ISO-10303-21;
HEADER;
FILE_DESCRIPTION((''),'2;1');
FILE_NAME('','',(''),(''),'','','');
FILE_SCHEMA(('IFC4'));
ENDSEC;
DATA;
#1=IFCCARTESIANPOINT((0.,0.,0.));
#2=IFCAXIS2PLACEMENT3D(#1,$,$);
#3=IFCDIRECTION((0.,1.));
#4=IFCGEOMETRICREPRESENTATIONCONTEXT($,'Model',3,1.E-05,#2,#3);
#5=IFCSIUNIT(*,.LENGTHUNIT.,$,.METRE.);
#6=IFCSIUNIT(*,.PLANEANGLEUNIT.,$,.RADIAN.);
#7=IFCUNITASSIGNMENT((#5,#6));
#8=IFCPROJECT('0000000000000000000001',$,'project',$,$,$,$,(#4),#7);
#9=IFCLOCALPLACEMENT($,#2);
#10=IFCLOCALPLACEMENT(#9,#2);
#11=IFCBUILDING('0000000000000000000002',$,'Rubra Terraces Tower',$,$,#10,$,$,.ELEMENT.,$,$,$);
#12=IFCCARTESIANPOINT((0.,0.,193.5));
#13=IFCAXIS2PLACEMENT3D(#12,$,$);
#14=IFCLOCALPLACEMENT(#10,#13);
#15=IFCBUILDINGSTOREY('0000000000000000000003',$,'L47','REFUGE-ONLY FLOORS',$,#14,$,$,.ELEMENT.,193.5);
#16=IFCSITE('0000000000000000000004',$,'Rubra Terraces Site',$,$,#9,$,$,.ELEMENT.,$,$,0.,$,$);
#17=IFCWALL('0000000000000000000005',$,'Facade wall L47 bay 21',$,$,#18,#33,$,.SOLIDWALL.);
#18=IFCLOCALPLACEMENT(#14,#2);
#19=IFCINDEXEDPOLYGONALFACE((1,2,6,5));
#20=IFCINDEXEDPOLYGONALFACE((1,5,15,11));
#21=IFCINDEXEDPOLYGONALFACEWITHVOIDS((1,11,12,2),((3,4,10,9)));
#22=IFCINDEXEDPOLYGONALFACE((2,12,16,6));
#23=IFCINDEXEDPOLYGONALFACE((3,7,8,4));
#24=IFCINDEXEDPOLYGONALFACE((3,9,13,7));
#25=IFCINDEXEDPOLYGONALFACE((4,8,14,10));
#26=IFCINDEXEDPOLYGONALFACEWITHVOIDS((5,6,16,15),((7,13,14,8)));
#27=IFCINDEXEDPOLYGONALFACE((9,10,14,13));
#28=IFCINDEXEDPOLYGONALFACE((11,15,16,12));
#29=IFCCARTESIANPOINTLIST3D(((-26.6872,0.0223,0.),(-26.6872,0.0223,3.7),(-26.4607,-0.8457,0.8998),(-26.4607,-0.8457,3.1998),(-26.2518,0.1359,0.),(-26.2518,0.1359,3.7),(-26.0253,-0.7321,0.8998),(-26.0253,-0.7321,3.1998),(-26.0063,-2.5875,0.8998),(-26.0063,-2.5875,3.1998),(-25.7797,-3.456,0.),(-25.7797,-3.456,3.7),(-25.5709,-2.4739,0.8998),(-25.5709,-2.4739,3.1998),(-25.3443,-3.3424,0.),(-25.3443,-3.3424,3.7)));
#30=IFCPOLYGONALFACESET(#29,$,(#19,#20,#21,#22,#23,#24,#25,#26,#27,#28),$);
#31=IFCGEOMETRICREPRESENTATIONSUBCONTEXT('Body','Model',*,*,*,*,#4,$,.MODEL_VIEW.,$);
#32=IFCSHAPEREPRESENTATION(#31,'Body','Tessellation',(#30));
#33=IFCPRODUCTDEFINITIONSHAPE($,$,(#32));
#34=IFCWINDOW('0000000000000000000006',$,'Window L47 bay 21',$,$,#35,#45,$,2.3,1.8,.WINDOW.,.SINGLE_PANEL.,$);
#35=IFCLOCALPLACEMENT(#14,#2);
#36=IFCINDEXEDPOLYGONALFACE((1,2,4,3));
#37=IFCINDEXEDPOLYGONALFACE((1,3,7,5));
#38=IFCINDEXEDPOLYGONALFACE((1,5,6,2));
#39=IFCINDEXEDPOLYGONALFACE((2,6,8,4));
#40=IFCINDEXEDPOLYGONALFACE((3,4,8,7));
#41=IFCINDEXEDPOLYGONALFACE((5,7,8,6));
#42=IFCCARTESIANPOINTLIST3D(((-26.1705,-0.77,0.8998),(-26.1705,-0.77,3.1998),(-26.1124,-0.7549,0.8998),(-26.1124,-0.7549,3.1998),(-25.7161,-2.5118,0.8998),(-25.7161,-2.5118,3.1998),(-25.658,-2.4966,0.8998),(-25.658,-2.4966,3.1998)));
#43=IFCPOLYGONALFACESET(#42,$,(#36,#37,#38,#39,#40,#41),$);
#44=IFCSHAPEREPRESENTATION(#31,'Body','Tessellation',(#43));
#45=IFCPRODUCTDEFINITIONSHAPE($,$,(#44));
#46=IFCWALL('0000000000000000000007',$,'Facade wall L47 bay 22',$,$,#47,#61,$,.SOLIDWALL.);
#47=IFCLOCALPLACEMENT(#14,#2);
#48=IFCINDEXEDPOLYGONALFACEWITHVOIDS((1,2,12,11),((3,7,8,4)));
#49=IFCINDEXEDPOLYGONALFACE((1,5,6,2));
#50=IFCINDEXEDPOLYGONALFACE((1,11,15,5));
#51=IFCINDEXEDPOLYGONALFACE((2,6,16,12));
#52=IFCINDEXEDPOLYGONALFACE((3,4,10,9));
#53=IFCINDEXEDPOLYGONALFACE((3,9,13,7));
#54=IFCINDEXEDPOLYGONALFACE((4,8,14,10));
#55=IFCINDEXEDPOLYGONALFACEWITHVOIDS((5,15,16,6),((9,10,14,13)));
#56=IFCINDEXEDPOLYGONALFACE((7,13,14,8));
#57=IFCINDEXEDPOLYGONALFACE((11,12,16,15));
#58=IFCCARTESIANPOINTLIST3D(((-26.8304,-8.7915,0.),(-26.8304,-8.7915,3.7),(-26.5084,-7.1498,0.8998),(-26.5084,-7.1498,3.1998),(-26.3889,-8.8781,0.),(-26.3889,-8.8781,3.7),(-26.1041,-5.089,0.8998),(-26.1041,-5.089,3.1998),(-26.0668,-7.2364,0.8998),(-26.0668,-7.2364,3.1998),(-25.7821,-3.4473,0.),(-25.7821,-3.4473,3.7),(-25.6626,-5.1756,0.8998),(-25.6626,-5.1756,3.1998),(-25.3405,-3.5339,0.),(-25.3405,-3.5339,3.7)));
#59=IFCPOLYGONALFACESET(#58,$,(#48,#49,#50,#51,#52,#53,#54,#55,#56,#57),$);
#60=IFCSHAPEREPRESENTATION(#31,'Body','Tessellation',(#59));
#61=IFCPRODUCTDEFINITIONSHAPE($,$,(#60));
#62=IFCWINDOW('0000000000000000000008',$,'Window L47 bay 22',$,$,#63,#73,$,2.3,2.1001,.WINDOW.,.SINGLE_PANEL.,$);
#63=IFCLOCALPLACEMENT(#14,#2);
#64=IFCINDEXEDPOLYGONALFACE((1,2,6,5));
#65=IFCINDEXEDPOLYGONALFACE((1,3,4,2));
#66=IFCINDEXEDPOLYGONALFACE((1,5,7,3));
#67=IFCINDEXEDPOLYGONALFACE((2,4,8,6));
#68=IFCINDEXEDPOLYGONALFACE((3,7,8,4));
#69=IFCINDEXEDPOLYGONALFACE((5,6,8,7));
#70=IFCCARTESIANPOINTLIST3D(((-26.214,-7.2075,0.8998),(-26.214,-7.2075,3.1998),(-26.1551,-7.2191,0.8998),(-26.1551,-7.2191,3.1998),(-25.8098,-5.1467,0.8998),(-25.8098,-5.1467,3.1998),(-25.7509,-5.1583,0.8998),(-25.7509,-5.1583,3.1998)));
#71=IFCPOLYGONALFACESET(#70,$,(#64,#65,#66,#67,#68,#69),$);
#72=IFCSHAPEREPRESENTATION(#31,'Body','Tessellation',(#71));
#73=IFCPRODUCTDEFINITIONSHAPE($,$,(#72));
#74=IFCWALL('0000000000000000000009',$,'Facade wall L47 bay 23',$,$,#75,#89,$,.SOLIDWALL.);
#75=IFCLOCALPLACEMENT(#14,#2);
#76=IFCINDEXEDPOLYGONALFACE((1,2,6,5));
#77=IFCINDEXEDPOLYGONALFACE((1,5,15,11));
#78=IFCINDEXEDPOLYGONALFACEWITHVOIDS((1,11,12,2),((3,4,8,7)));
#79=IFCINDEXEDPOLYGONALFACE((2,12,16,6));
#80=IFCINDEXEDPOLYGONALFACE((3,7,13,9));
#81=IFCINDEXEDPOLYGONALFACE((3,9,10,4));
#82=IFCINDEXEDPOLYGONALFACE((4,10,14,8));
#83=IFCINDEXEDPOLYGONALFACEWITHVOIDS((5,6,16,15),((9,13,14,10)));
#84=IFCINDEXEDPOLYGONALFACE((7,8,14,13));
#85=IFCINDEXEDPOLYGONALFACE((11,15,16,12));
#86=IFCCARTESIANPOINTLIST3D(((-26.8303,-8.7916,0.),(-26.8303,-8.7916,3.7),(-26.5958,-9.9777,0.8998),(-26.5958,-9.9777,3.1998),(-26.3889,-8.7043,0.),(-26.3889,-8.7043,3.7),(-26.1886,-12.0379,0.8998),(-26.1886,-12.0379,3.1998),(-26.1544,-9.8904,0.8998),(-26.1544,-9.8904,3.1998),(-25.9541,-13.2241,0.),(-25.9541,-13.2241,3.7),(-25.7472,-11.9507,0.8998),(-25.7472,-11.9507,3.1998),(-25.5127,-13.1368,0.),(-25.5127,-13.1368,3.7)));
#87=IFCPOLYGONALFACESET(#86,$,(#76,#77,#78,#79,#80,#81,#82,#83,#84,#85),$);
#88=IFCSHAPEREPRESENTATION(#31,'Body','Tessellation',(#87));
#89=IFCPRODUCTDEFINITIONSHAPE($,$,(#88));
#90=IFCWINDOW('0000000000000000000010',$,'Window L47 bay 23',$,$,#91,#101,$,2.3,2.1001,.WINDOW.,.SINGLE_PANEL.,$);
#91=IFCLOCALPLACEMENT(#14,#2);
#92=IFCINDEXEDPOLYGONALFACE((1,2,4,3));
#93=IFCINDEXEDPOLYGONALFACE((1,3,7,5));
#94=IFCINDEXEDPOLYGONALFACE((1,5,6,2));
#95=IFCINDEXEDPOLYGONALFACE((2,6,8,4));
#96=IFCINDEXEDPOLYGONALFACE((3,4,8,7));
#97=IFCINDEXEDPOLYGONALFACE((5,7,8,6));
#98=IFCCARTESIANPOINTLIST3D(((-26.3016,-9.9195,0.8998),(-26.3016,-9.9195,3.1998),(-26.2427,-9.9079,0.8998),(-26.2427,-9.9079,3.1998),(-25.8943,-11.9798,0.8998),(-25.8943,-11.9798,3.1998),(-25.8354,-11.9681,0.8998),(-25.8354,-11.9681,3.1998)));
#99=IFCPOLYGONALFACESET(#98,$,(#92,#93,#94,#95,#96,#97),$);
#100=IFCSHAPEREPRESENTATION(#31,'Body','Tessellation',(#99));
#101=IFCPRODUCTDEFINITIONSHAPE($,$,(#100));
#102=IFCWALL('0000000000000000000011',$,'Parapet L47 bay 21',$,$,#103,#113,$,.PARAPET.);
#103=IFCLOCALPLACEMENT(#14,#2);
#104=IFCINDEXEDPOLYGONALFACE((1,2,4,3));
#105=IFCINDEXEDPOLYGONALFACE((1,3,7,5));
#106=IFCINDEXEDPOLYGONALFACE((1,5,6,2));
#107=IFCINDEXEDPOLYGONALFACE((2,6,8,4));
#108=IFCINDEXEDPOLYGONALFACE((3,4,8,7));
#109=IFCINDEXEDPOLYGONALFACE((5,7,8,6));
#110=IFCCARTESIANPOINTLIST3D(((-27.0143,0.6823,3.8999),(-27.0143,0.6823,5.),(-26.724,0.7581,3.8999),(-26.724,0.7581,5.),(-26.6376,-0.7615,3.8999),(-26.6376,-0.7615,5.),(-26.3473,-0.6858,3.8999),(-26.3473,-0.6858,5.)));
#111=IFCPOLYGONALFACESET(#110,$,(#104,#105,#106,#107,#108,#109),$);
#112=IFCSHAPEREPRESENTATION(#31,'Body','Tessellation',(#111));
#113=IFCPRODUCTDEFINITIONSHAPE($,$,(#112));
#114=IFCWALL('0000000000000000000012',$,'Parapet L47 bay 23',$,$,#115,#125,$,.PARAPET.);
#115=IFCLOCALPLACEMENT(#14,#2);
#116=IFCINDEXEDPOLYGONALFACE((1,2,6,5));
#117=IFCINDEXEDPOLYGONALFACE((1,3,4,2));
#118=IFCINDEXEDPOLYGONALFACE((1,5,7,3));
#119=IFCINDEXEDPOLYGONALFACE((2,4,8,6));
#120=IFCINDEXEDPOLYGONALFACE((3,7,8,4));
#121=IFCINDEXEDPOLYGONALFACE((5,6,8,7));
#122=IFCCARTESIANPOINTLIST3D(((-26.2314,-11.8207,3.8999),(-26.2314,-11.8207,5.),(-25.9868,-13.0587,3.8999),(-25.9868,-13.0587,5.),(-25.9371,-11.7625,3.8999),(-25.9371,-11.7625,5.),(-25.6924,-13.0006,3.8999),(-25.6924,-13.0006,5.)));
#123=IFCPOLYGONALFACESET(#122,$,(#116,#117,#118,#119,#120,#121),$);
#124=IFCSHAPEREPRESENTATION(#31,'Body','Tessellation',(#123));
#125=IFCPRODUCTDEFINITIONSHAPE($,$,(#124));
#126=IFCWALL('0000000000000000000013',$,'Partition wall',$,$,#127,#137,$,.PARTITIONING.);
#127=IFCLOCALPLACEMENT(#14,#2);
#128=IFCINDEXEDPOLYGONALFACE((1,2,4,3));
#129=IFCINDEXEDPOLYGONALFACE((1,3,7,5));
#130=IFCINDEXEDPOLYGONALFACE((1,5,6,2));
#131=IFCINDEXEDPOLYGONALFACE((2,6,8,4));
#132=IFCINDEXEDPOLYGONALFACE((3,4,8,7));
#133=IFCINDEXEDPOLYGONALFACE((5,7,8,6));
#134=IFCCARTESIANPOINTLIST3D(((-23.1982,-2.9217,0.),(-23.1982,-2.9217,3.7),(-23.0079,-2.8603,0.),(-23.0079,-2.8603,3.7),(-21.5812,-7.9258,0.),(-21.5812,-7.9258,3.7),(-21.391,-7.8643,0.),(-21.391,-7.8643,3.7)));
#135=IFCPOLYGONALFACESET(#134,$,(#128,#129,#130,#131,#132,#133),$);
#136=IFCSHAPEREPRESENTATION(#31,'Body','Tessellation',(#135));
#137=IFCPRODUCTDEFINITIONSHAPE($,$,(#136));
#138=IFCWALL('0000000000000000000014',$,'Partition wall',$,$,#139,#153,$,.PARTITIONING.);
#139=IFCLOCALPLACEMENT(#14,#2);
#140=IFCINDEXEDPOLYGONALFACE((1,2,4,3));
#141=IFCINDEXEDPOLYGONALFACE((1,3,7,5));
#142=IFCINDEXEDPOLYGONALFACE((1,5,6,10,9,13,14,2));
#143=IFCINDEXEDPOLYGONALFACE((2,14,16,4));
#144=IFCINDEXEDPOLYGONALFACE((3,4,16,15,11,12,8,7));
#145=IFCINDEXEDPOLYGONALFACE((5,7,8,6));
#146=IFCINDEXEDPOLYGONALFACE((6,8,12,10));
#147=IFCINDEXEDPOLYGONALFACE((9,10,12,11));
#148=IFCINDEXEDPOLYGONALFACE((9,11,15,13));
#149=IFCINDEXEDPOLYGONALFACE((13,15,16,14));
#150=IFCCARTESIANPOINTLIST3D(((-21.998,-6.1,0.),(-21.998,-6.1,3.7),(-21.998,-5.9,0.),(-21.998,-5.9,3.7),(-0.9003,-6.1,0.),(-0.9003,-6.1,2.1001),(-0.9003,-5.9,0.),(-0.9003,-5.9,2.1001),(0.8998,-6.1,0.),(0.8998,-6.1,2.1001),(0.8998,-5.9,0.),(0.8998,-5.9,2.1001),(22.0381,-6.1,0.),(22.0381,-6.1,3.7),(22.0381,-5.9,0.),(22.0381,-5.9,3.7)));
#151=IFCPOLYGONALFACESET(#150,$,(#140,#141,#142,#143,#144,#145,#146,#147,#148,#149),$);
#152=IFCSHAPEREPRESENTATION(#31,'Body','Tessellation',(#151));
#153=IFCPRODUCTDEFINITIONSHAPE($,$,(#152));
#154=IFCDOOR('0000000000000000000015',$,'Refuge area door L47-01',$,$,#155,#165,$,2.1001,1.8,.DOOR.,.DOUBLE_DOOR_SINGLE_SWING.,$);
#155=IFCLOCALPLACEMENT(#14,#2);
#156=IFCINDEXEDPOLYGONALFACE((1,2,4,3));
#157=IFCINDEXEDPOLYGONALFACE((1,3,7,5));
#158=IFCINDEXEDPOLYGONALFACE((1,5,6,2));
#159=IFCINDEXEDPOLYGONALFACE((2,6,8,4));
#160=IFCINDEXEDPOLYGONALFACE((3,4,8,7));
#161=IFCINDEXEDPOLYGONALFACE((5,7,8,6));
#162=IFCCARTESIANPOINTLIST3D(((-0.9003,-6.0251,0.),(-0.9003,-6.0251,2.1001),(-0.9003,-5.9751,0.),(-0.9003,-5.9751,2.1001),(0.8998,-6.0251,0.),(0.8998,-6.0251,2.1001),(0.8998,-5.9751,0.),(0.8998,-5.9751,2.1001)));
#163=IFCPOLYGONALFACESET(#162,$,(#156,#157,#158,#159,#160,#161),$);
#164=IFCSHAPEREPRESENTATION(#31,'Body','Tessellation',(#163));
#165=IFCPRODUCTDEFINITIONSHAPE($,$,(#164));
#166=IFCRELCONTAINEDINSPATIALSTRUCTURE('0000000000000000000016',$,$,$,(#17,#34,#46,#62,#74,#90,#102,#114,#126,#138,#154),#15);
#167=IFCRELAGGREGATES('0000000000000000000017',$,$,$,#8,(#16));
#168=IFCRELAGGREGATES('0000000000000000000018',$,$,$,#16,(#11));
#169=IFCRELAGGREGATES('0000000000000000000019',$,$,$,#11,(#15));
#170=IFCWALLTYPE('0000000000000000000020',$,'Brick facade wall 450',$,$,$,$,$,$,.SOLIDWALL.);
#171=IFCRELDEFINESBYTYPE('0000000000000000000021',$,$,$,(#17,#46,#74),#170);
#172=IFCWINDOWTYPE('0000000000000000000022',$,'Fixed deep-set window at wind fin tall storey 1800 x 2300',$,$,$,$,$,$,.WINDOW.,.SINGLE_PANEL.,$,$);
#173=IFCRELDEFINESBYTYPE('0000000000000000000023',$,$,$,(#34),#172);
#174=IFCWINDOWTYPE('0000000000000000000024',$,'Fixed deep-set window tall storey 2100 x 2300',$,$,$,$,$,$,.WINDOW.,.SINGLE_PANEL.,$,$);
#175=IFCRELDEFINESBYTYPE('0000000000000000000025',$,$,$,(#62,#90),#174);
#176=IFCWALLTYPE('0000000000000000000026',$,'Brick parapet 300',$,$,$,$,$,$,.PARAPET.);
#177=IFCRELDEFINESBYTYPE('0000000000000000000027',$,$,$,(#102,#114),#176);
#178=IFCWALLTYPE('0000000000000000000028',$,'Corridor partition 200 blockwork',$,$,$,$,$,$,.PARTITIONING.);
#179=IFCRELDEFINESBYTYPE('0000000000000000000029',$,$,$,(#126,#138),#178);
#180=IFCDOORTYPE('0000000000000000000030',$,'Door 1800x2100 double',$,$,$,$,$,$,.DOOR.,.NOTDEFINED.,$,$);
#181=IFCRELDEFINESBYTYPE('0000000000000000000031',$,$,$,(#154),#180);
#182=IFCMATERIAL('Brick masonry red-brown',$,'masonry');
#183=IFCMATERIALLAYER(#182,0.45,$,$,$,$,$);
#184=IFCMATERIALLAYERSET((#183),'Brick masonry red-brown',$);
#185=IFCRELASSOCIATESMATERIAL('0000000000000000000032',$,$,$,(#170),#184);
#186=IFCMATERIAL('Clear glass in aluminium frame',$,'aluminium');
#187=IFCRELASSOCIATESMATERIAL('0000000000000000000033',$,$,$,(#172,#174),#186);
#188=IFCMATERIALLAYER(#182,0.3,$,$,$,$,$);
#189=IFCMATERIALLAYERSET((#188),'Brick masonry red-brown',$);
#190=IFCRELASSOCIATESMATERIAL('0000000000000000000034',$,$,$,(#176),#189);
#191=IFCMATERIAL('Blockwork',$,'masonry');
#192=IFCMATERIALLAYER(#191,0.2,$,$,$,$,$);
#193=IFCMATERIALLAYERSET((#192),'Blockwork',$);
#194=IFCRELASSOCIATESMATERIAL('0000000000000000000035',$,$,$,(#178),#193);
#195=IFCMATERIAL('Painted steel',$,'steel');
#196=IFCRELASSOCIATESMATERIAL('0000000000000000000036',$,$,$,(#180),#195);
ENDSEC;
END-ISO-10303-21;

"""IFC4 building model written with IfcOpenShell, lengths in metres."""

from ifc_helpers import new_model, si_unit, direction, frame, frame_2d, origin, place, context, subcontext, project, spatial, rectangle, extrude, material, layer, layer_set, type_object, element, fill, save


model = new_model("IFC4")

# Units and contexts
model_context = context("Model", 3, precision=1e-05, world=origin(), true_north=direction((0.0, 1.0)))
body_context = subcontext(model_context, "Body", "Model", "MODEL_VIEW")
ifc_project = project(units=[si_unit("LENGTHUNIT", "METRE"), si_unit("PLANEANGLEUNIT", "RADIAN")], contexts=[model_context])

# Site, building, storey
site_placement = place(None, origin())
site = spatial("IfcSite", under=ifc_project, at=site_placement, Name="Rubra Terraces Site", CompositionType="ELEMENT", RefElevation=0.0)
building_placement = place(site_placement, origin())
building = spatial("IfcBuilding", under=site, at=building_placement, Name="Rubra Terraces Tower", CompositionType="ELEMENT")
storey_placement = place(building_placement, frame((0.0, 0.0, 193.5)))
storey = spatial("IfcBuildingStorey", under=building, at=storey_placement, Name="L47", Description="REFUGE-ONLY FLOORS", CompositionType="ELEMENT", Elevation=193.5)

# Walls, openings, windows
ifc_material_1 = material(Name="Brick masonry red-brown", Category="masonry")
ifc_layer_1 = layer(ifc_material_1, 0.45)
ifc_layer_set_1 = layer_set([ifc_layer_1], Name="Brick masonry red-brown")
wall_type_1 = type_object("IfcWallType", Name="Brick facade wall 450", PredefinedType="SOLIDWALL", material=ifc_layer_set_1)
wall_1_placement = place(storey_placement, frame((-26.4695, 0.0791, 0.0), z_axis=(0.0, 0.0, 1.0), x_axis=(0.252447, -0.967611, 0.0)))
wall_1 = element("IfcWall", 1, at=wall_1_placement, inside=storey, type_object=wall_type_1, Name="Facade wall L47 bay 21", PredefinedType="SOLIDWALL", context=body_context, shape_type="SweptSolid", body=[
    extrude(rectangle(XDim=3.5947, YDim=0.45, at=frame_2d((1.7974, 0.0))), origin(), (0.0, 0.0, 1.0), 3.7),
])
opening_1_placement = place(wall_1_placement, frame((0.8972, 0.0, 0.8999)))
opening_1 = element("IfcOpeningElement", 2, at=opening_1_placement, cuts=wall_1, PredefinedType="OPENING", context=body_context, shape_type="SweptSolid", body=[
    extrude(rectangle(XDim=1.8, YDim=2.3, at=frame_2d((0.8999, 1.1499))), frame((0.0, 0.2349, 0.0), z_axis=(0.0, -1.0, 0.0), x_axis=(1.0, 0.0, 0.0)), (0.0, 0.0, 1.0), 0.47),
])
ifc_material_2 = material(Name="Clear glass in aluminium frame", Category="aluminium")
window_type_1 = type_object("IfcWindowType", Name="Fixed deep-set window at wind fin tall storey 1800 x 2300", PartitioningType="SINGLE_PANEL", PredefinedType="WINDOW", material=ifc_material_2)
window_1_placement = place(opening_1_placement, origin())
window_1 = element("IfcWindow", 3, at=window_1_placement, inside=storey, type_object=window_type_1, Name="Window L47 bay 21", OverallHeight=2.3, OverallWidth=1.8, PartitioningType="SINGLE_PANEL", PredefinedType="WINDOW", context=body_context, shape_type="SweptSolid", body=[
    extrude(rectangle(XDim=1.8, YDim=2.3, at=frame_2d((0.8999, 1.1499))), frame((0.0, 0.135, 0.0), z_axis=(0.0, -1.0, 0.0), x_axis=(1.0, 0.0, 0.0)), (0.0, 0.0, 1.0), 0.0601),
])
fill(opening_1, window_1)
wall_2_placement = place(storey_placement, frame((-25.5613, -3.4905, 0.0), z_axis=(0.0, 0.0, 1.0), x_axis=(-0.192494, -0.981298, 0.0)))
wall_2 = element("IfcWall", 4, at=wall_2_placement, inside=storey, type_object=wall_type_1, Name="Facade wall L47 bay 22", PredefinedType="SOLIDWALL", context=body_context, shape_type="SweptSolid", body=[
    extrude(rectangle(XDim=5.446, YDim=0.45, at=frame_2d((2.7231, 0.0))), origin(), (0.0, 0.0, 1.0), 3.7),
])
opening_2_placement = place(wall_2_placement, frame((1.6731, 0.0, 0.8999)))
opening_2 = element("IfcOpeningElement", 5, at=opening_2_placement, cuts=wall_2, PredefinedType="OPENING", context=body_context, shape_type="SweptSolid", body=[
    extrude(rectangle(XDim=2.1001, YDim=2.3, at=frame_2d((1.05, 1.1499))), frame((0.0, 0.2349, 0.0), z_axis=(0.0, -1.0, 0.0), x_axis=(1.0, 0.0, 0.0)), (0.0, 0.0, 1.0), 0.47),
])
window_type_2 = type_object("IfcWindowType", Name="Fixed deep-set window tall storey 2100 x 2300", PartitioningType="SINGLE_PANEL", PredefinedType="WINDOW", material=ifc_material_2)
window_2_placement = place(opening_2_placement, origin())
window_2 = element("IfcWindow", 6, at=window_2_placement, inside=storey, type_object=window_type_2, Name="Window L47 bay 22", OverallHeight=2.3, OverallWidth=2.1001, PartitioningType="SINGLE_PANEL", PredefinedType="WINDOW", context=body_context, shape_type="SweptSolid", body=[
    extrude(rectangle(XDim=2.1001, YDim=2.3, at=frame_2d((1.05, 1.1499))), frame((0.0, 0.135, 0.0), z_axis=(0.0, -1.0, 0.0), x_axis=(1.0, 0.0, 0.0)), (0.0, 0.0, 1.0), 0.0601),
])
fill(opening_2, window_2)
wall_3_placement = place(storey_placement, frame((-26.6096, -8.7478, 0.0), z_axis=(0.0, 0.0, 1.0), x_axis=(0.193923, -0.981017, 0.0)))
wall_3 = element("IfcWall", 7, at=wall_3_placement, inside=storey, type_object=wall_type_1, Name="Facade wall L47 bay 23", PredefinedType="SOLIDWALL", context=body_context, shape_type="SweptSolid", body=[
    extrude(rectangle(XDim=4.5183, YDim=0.45, at=frame_2d((2.2593, 0.0))), origin(), (0.0, 0.0, 1.0), 3.7),
])
opening_3_placement = place(wall_3_placement, frame((1.2092, 0.0, 0.8999)))
opening_3 = element("IfcOpeningElement", 8, at=opening_3_placement, cuts=wall_3, PredefinedType="OPENING", context=body_context, shape_type="SweptSolid", body=[
    extrude(rectangle(XDim=2.1001, YDim=2.3, at=frame_2d((1.05, 1.1499))), frame((0.0, 0.2349, 0.0), z_axis=(0.0, -1.0, 0.0), x_axis=(1.0, 0.0, 0.0)), (0.0, 0.0, 1.0), 0.47),
])
window_3_placement = place(opening_3_placement, origin())
window_3 = element("IfcWindow", 9, at=window_3_placement, inside=storey, type_object=window_type_2, Name="Window L47 bay 23", OverallHeight=2.3, OverallWidth=2.1001, PartitioningType="SINGLE_PANEL", PredefinedType="WINDOW", context=body_context, shape_type="SweptSolid", body=[
    extrude(rectangle(XDim=2.1001, YDim=2.3, at=frame_2d((1.05, 1.1499))), frame((0.0, 0.135, 0.0), z_axis=(0.0, -1.0, 0.0), x_axis=(1.0, 0.0, 0.0)), (0.0, 0.0, 1.0), 0.0601),
])
fill(opening_3, window_3)

# Walls
ifc_layer_2 = layer(ifc_material_1, 0.3)
ifc_layer_set_2 = layer_set([ifc_layer_2], Name="Brick masonry red-brown")
wall_type_2 = type_object("IfcWallType", Name="Brick parapet 300", PredefinedType="PARAPET", material=ifc_layer_set_2)
wall_4_placement = place(storey_placement, frame((-26.8691, 0.7202, 3.8999), z_axis=(0.0, 0.0, 1.0), x_axis=(0.252455, -0.967609, 0.0)))
element("IfcWall", 10, at=wall_4_placement, inside=storey, type_object=wall_type_2, Name="Parapet L47 bay 21", PredefinedType="PARAPET", context=body_context, shape_type="SweptSolid", body=[
    extrude(rectangle(XDim=1.4922, YDim=0.3, at=frame_2d((0.7461, 0.0))), origin(), (0.0, 0.0, 1.0), 1.1001),
])
wall_5_placement = place(storey_placement, frame((-26.0842, -11.7917, 3.8999), z_axis=(0.0, 0.0, 1.0), x_axis=(0.193846, -0.981032, 0.0)))
element("IfcWall", 11, at=wall_5_placement, inside=storey, type_object=wall_type_2, Name="Parapet L47 bay 23", PredefinedType="PARAPET", context=body_context, shape_type="SweptSolid", body=[
    extrude(rectangle(XDim=1.262, YDim=0.3, at=frame_2d((0.6309, 0.0))), origin(), (0.0, 0.0, 1.0), 1.1001),
])
ifc_material_3 = material(Name="Blockwork", Category="masonry")
ifc_layer_3 = layer(ifc_material_3, 0.2)
ifc_layer_set_3 = layer_set([ifc_layer_3], Name="Blockwork")
wall_type_3 = type_object("IfcWallType", Name="Corridor partition 200 blockwork", PredefinedType="PARTITIONING", material=ifc_layer_set_3)
wall_6_placement = place(storey_placement, frame((-21.4861, -7.895, 0.0), z_axis=(0.0, 0.0, 1.0), x_axis=(-0.307482, 0.951554, 0.0)))
element("IfcWall", 12, at=wall_6_placement, inside=storey, type_object=wall_type_3, Name="Partition wall", PredefinedType="PARTITIONING", context=body_context, shape_type="SweptSolid", body=[
    extrude(rectangle(XDim=5.2588, YDim=0.2, at=frame_2d((2.6294, 0.0))), origin(), (0.0, 0.0, 1.0), 3.7),
])

# Wall, opening, door
wall_7_placement = place(storey_placement, frame((-21.998, -6.0, 0.0), z_axis=(0.0, 0.0, 1.0), x_axis=(1.0, 0.0, 0.0)))
wall_7 = element("IfcWall", 13, at=wall_7_placement, inside=storey, type_object=wall_type_3, Name="Partition wall", PredefinedType="PARTITIONING", context=body_context, shape_type="SweptSolid", body=[
    extrude(rectangle(XDim=44.0361, YDim=0.2, at=frame_2d((22.0181, 0.0))), origin(), (0.0, 0.0, 1.0), 3.7),
])
opening_4_placement = place(wall_7_placement, frame((21.0979, 0.0, 0.0)))
opening_4 = element("IfcOpeningElement", 14, at=opening_4_placement, cuts=wall_7, PredefinedType="OPENING", context=body_context, shape_type="SweptSolid", body=[
    extrude(rectangle(XDim=1.8, YDim=2.1001, at=frame_2d((0.8999, 1.05))), frame((0.0, 0.1099, 0.0), z_axis=(0.0, -1.0, 0.0), x_axis=(1.0, 0.0, 0.0)), (0.0, 0.0, 1.0), 0.22),
])
ifc_material_4 = material(Name="Painted steel", Category="steel")
door_type = type_object("IfcDoorType", Name="Door 1800x2100 double", OperationType="NOTDEFINED", PredefinedType="DOOR", material=ifc_material_4)
door_placement = place(opening_4_placement, origin())
door = element("IfcDoor", 15, at=door_placement, inside=storey, type_object=door_type, Name="Refuge area door L47-01", OperationType="DOUBLE_DOOR_SINGLE_SWING", OverallHeight=2.1001, OverallWidth=1.8, PredefinedType="DOOR", context=body_context, shape_type="SweptSolid", body=[
    extrude(rectangle(XDim=1.8, YDim=2.1001, at=frame_2d((0.8999, 1.05))), frame((0.0, 0.0249, 0.0), z_axis=(0.0, -1.0, 0.0), x_axis=(1.0, 0.0, 0.0)), (0.0, 0.0, 1.0), 0.05),
])
fill(opening_4, door)

save(model, "model.ifc")
